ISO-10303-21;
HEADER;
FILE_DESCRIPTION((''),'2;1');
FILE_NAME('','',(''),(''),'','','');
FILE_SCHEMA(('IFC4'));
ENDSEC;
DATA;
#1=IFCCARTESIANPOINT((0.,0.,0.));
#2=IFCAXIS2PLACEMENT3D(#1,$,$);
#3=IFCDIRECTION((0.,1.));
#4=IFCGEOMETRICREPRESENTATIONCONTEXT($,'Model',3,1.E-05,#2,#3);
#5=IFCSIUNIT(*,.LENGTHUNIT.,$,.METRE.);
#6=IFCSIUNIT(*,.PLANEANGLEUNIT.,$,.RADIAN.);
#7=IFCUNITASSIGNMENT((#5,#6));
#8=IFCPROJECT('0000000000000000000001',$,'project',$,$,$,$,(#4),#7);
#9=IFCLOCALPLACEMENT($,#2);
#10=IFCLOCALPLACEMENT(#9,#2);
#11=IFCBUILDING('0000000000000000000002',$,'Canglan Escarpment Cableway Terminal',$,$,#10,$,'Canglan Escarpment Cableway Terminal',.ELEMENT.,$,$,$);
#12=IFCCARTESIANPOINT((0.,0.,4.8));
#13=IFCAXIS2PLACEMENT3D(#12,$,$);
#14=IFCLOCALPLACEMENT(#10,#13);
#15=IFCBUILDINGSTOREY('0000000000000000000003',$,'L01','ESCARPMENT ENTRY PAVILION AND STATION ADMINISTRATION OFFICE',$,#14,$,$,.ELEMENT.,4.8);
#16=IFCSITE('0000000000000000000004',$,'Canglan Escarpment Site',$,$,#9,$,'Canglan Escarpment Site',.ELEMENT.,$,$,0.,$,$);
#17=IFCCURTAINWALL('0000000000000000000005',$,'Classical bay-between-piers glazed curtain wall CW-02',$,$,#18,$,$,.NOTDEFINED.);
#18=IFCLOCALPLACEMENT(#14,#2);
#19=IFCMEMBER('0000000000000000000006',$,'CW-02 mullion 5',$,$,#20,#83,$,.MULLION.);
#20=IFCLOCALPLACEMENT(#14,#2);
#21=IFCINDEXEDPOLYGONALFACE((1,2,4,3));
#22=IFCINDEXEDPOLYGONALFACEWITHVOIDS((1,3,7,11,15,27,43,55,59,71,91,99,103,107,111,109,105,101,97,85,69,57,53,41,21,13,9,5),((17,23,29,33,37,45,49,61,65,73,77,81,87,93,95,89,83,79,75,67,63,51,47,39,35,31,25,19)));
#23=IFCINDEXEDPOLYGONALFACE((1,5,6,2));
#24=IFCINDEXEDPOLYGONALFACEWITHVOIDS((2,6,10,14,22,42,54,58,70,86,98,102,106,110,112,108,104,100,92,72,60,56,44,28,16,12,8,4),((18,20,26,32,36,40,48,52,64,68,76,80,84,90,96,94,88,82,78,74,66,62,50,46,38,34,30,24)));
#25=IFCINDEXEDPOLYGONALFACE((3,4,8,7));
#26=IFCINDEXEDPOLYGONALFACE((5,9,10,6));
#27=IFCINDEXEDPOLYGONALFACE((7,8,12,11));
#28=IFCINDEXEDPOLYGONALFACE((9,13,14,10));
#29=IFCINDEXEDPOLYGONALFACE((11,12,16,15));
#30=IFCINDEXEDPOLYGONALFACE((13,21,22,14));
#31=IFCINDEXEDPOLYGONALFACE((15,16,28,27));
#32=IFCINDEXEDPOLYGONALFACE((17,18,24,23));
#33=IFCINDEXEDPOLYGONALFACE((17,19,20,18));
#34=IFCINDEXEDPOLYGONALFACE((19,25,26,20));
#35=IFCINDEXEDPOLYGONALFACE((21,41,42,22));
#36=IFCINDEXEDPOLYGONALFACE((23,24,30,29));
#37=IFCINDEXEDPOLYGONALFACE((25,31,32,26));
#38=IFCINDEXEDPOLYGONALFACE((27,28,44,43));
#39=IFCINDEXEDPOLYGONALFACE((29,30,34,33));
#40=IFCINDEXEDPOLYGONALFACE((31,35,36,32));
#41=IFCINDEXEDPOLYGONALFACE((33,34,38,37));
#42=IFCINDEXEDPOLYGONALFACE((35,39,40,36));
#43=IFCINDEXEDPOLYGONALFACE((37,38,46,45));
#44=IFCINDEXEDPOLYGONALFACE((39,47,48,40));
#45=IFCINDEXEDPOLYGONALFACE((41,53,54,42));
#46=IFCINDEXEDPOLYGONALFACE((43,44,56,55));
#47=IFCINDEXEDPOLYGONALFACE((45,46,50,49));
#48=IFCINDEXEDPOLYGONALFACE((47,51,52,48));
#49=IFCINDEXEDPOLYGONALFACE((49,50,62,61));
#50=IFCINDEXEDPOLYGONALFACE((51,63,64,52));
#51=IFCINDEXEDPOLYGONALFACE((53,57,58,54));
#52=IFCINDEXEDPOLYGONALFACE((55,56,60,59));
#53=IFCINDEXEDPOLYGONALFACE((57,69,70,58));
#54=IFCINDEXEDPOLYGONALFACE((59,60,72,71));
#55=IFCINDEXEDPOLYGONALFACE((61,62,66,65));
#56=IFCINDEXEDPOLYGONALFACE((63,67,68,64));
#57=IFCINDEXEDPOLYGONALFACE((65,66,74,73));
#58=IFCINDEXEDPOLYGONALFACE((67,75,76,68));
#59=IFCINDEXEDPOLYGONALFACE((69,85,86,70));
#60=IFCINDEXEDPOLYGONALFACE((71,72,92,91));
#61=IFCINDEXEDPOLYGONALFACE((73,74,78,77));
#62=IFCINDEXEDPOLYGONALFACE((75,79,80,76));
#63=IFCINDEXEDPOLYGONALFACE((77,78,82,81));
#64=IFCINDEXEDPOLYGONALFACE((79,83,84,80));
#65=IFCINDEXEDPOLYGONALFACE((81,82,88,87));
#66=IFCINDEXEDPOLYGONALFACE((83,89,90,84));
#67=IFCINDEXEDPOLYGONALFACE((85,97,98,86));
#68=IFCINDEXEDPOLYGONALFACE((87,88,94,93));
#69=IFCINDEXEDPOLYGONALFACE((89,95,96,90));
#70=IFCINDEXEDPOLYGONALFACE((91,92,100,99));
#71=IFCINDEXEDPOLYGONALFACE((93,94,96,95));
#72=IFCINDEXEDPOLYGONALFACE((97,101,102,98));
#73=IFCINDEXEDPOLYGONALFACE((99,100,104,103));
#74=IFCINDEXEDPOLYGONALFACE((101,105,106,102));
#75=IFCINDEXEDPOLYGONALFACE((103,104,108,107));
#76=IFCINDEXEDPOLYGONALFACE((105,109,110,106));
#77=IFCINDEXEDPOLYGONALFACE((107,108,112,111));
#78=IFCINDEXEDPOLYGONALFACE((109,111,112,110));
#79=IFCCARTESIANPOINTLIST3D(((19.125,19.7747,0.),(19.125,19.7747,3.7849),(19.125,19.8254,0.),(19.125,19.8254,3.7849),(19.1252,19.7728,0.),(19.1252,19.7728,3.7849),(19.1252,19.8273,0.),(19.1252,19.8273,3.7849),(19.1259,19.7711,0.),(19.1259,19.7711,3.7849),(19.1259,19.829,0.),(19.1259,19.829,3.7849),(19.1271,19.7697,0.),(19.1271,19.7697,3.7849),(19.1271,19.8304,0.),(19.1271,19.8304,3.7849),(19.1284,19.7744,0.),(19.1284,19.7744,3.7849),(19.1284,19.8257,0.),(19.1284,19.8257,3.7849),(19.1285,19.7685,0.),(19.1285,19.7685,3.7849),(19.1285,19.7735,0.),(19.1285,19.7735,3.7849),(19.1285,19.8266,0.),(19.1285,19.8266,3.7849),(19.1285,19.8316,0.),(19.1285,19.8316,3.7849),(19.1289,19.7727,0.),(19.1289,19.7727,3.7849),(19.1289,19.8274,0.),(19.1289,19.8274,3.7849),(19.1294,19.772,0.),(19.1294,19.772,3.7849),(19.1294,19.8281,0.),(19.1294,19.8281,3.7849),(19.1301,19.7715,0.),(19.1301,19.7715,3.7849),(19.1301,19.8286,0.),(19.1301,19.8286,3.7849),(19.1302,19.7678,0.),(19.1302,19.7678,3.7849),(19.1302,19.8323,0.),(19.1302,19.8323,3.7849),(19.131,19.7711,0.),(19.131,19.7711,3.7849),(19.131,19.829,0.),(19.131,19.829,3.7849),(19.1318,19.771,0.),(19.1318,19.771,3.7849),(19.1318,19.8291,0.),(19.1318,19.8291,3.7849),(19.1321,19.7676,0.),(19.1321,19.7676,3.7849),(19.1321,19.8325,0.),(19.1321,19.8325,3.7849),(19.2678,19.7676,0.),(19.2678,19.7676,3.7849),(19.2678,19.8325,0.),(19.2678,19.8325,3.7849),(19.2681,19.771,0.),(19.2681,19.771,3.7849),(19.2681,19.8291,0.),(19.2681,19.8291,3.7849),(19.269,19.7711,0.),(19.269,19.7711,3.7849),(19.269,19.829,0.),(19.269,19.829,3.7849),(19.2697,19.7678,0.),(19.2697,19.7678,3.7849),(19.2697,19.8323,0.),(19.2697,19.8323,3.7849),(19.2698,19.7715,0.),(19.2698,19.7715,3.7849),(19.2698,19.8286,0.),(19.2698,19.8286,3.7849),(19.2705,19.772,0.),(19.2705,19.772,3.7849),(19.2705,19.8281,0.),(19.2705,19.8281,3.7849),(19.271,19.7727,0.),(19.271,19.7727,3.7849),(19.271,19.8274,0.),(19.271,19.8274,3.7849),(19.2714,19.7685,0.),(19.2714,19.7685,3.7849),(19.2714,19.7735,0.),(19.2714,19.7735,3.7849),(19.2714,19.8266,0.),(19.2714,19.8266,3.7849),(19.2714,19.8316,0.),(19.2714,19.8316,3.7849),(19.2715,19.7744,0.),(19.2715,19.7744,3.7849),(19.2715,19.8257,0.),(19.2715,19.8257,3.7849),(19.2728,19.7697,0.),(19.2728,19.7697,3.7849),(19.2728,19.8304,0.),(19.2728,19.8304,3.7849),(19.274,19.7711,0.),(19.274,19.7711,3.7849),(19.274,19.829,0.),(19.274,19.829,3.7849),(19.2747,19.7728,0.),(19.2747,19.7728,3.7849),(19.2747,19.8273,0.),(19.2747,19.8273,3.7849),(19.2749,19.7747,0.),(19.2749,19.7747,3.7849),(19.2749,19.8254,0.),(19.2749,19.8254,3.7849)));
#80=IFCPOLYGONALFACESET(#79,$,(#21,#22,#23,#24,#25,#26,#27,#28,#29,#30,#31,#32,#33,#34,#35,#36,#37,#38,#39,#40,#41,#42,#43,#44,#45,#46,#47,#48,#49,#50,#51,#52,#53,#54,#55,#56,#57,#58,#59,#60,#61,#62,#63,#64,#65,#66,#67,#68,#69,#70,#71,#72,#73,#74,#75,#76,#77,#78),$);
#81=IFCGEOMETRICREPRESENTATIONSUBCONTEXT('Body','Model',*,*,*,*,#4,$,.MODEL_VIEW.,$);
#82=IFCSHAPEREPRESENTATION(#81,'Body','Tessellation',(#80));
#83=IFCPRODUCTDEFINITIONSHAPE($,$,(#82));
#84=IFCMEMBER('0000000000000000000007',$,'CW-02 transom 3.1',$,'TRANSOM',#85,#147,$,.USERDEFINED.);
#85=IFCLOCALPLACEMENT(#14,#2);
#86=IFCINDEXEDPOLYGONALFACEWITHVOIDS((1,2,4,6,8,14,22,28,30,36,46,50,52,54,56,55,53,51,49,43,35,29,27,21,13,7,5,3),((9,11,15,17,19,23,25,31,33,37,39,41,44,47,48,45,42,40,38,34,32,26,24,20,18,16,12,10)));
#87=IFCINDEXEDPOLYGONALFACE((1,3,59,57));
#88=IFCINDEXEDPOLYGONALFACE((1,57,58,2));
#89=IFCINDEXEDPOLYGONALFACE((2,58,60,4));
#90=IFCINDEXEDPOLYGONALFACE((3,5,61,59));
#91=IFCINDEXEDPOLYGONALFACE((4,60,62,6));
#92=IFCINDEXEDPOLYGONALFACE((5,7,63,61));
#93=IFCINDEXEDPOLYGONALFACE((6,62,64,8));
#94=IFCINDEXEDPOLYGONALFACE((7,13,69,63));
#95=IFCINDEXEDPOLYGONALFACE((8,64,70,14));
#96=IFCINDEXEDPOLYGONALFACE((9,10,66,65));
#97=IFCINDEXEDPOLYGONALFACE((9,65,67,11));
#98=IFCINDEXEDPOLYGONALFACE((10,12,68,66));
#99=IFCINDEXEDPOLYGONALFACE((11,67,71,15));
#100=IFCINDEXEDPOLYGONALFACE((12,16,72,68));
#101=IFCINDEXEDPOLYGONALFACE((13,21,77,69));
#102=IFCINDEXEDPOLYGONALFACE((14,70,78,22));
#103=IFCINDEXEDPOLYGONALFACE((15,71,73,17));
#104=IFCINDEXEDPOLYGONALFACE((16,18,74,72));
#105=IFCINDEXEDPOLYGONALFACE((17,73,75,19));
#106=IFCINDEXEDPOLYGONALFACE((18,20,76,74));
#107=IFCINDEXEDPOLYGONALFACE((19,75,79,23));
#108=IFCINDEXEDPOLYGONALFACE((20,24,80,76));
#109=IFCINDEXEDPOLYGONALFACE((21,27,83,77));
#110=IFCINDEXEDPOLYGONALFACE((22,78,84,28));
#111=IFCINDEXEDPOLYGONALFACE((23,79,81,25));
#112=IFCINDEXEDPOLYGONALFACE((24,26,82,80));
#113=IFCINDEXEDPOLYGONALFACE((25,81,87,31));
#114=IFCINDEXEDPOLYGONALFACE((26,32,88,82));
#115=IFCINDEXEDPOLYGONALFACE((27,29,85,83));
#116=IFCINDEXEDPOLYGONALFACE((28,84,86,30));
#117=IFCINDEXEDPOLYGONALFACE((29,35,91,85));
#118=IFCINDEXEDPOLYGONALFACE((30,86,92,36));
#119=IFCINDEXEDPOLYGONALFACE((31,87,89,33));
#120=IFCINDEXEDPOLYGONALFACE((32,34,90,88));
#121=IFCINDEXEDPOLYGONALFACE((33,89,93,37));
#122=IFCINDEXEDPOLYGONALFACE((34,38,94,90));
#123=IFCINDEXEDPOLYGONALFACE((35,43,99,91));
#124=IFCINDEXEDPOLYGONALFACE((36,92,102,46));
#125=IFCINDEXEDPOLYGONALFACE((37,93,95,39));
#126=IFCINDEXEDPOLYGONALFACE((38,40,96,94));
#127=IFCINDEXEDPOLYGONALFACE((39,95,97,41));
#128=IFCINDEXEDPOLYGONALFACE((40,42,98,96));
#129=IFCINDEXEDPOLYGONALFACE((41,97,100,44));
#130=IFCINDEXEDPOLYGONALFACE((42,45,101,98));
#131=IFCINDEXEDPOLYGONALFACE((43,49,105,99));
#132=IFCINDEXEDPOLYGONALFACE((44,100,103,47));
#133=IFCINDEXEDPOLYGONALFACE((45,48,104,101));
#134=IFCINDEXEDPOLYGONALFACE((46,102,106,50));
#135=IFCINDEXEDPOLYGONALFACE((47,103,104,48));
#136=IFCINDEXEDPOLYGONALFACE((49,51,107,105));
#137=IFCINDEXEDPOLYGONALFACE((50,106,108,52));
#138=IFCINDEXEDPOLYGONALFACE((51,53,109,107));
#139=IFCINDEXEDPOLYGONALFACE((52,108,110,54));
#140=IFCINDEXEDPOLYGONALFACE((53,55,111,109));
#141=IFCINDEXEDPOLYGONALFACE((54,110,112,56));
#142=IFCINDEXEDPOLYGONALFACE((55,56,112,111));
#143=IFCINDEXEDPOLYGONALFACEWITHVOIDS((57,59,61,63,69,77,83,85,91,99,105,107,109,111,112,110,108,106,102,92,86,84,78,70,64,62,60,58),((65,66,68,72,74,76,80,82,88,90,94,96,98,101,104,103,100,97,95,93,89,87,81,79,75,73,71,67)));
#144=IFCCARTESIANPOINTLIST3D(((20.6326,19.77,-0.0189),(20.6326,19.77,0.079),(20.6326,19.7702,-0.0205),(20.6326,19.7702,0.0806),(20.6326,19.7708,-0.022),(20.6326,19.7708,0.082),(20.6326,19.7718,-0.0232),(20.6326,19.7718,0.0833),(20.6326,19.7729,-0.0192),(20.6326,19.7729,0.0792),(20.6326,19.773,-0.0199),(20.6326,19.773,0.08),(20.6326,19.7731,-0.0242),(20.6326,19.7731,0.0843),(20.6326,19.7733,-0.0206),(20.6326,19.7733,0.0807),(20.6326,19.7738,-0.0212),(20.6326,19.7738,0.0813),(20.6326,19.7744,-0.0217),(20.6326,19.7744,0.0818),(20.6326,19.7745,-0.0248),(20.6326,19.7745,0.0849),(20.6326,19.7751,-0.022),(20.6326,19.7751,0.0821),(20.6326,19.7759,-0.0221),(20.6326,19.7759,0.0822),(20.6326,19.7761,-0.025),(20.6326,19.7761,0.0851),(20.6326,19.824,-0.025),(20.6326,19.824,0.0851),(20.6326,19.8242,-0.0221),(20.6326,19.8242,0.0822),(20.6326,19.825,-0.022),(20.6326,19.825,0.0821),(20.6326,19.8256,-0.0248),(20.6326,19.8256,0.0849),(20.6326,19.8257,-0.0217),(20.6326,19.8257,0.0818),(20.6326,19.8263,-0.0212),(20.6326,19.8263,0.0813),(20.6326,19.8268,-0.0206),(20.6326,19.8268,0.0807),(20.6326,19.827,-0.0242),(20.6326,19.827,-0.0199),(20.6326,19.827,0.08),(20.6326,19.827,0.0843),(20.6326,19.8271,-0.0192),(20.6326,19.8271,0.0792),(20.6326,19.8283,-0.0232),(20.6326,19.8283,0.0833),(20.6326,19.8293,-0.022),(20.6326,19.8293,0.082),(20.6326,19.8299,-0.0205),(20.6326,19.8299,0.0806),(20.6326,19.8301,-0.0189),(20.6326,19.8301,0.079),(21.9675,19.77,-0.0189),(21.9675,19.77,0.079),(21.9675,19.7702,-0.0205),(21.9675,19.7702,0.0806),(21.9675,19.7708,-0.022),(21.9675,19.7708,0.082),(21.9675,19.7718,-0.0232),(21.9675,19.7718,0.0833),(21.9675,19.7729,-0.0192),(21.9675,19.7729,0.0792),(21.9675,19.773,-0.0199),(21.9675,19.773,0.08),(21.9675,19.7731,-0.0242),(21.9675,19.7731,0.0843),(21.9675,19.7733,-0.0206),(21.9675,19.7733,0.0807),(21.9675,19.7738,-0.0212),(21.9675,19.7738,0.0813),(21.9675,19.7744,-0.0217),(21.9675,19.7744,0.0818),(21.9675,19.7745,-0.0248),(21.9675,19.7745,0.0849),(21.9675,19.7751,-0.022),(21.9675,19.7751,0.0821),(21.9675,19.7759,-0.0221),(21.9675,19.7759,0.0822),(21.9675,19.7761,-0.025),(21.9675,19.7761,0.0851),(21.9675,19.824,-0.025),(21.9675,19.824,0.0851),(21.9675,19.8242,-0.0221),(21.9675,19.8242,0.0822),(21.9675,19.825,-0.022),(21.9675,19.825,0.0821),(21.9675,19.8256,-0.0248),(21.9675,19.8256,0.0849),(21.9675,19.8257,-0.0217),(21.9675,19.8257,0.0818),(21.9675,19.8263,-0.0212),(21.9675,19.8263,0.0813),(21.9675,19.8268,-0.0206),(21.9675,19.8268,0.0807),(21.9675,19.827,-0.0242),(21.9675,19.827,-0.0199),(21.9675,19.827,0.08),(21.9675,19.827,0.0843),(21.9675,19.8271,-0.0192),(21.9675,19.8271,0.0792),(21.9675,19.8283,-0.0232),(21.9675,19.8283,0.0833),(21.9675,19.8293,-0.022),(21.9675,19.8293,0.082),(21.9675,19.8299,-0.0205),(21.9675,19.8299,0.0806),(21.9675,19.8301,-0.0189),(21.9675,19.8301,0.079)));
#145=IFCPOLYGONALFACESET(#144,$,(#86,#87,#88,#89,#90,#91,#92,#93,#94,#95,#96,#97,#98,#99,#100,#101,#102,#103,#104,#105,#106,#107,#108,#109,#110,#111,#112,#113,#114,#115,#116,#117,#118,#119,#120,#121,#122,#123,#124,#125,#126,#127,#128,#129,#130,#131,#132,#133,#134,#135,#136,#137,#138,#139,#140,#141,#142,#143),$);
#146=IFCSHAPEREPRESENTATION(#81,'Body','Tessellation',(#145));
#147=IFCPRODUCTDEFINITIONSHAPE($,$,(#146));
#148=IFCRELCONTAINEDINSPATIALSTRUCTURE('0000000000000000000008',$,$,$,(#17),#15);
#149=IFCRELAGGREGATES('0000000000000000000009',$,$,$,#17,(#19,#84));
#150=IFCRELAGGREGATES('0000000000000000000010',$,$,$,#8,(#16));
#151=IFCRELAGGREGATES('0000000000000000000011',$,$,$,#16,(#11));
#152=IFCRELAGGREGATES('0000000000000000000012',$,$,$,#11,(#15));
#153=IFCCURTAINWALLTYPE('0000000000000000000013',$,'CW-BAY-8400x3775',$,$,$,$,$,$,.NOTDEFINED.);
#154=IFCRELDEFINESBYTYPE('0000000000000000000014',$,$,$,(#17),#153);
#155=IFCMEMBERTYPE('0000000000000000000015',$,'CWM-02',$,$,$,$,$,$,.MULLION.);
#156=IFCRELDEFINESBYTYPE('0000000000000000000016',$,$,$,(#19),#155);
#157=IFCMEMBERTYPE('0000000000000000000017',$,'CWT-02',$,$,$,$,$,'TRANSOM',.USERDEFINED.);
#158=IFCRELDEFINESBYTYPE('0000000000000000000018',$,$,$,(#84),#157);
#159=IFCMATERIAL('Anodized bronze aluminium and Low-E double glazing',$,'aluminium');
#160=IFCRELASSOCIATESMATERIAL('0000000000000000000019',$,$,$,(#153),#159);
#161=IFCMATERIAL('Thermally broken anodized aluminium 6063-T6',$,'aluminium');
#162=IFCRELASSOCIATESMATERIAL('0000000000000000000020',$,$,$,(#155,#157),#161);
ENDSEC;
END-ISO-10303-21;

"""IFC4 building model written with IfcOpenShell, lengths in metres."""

from ifc_helpers import new_model, si_unit, direction, frame, origin, origin_2d, place, context, subcontext, project, spatial, hollow_rectangle, extrude, material, material_profile, profile_set, type_object, element, aggregate, save


model = new_model("IFC4")

# Units and contexts
model_context = context("Model", 3, precision=1e-05, world=origin(), true_north=direction((0.0, 1.0)))
body_context = subcontext(model_context, "Body", "Model", "MODEL_VIEW")
ifc_project = project(units=[si_unit("LENGTHUNIT", "METRE"), si_unit("PLANEANGLEUNIT", "RADIAN")], contexts=[model_context])

# Site, building, storey
site_placement = place(None, origin())
site = spatial("IfcSite", under=ifc_project, at=site_placement, Name="Canglan Escarpment Site", LongName="Canglan Escarpment Site", CompositionType="ELEMENT", RefElevation=0.0)
building_placement = place(site_placement, origin())
building = spatial("IfcBuilding", under=site, at=building_placement, Name="Canglan Escarpment Cableway Terminal", LongName="Canglan Escarpment Cableway Terminal", CompositionType="ELEMENT")
storey_placement = place(building_placement, frame((0.0, 0.0, 4.8)))
storey = spatial("IfcBuildingStorey", under=building, at=storey_placement, Name="L01", Description="ESCARPMENT ENTRY PAVILION AND STATION ADMINISTRATION OFFICE", CompositionType="ELEMENT", Elevation=4.8)

# Curtain wall, members
ifc_material_1 = material(Name="Anodized bronze aluminium and Low-E double glazing", Category="aluminium")
curtain_wall_type = type_object("IfcCurtainWallType", Name="CW-BAY-8400x3775", PredefinedType="NOTDEFINED", material=ifc_material_1)
curtain_wall_placement = place(storey_placement, origin())
curtain_wall = element("IfcCurtainWall", 1, at=curtain_wall_placement, inside=storey, type_object=curtain_wall_type, Name="Classical bay-between-piers glazed curtain wall CW-02", PredefinedType="NOTDEFINED")
ifc_material_2 = material(Name="Thermally broken anodized aluminium 6063-T6", Category="aluminium")
ifc_material_profile_1 = material_profile(ifc_material_2, hollow_rectangle(XDim=0.0649, YDim=0.1499, WallThickness=0.0034, InnerFilletRadius=0.0034, OuterFilletRadius=0.0071, at=origin_2d()), Name="ALU-MULL 65x150x3.5")
ifc_profile_set_1 = profile_set([ifc_material_profile_1], Name="Thermally broken anodized aluminium 6063-T6")
member_type_1 = type_object("IfcMemberType", Name="CWM-02", PredefinedType="MULLION", material=ifc_profile_set_1)
member_1_placement = place(storey_placement, frame((19.2, 19.8, 0.0), z_axis=(0.0, 0.0, 1.0), x_axis=(0.0, -1.0, 0.0)))
member_1 = element("IfcMember", 2, at=member_1_placement, type_object=member_type_1, Name="CW-02 mullion 5", PredefinedType="MULLION", context=body_context, shape_type="SweptSolid", body=[
    extrude(hollow_rectangle(XDim=0.0649, YDim=0.1499, WallThickness=0.0034, InnerFilletRadius=0.0034, OuterFilletRadius=0.0071, at=origin_2d()), origin(), (0.0, 0.0, 1.0), 3.7849),
])
ifc_material_profile_2 = material_profile(ifc_material_2, hollow_rectangle(XDim=0.0601, YDim=0.1101, WallThickness=0.0029, InnerFilletRadius=0.0029, OuterFilletRadius=0.0061, at=origin_2d()), Name="ALU-TRAN 60x110x3")
ifc_profile_set_2 = profile_set([ifc_material_profile_2], Name="Thermally broken anodized aluminium 6063-T6")
member_type_2 = type_object("IfcMemberType", Name="CWT-02", ElementType="TRANSOM", PredefinedType="USERDEFINED", material=ifc_profile_set_2)
member_2_placement = place(storey_placement, frame((21.9675, 19.8, 0.03), z_axis=(-1.0, 0.0, 0.0), x_axis=(0.0, -1.0, 0.0)))
member_2 = element("IfcMember", 3, at=member_2_placement, type_object=member_type_2, Name="CW-02 transom 3.1", ObjectType="TRANSOM", PredefinedType="USERDEFINED", context=body_context, shape_type="SweptSolid", body=[
    extrude(hollow_rectangle(XDim=0.0601, YDim=0.1101, WallThickness=0.0029, InnerFilletRadius=0.0029, OuterFilletRadius=0.0061, at=origin_2d()), origin(), (0.0, 0.0, 1.0), 1.335),
])

aggregate(curtain_wall, [member_1, member_2])

save(model, "model.ifc")
